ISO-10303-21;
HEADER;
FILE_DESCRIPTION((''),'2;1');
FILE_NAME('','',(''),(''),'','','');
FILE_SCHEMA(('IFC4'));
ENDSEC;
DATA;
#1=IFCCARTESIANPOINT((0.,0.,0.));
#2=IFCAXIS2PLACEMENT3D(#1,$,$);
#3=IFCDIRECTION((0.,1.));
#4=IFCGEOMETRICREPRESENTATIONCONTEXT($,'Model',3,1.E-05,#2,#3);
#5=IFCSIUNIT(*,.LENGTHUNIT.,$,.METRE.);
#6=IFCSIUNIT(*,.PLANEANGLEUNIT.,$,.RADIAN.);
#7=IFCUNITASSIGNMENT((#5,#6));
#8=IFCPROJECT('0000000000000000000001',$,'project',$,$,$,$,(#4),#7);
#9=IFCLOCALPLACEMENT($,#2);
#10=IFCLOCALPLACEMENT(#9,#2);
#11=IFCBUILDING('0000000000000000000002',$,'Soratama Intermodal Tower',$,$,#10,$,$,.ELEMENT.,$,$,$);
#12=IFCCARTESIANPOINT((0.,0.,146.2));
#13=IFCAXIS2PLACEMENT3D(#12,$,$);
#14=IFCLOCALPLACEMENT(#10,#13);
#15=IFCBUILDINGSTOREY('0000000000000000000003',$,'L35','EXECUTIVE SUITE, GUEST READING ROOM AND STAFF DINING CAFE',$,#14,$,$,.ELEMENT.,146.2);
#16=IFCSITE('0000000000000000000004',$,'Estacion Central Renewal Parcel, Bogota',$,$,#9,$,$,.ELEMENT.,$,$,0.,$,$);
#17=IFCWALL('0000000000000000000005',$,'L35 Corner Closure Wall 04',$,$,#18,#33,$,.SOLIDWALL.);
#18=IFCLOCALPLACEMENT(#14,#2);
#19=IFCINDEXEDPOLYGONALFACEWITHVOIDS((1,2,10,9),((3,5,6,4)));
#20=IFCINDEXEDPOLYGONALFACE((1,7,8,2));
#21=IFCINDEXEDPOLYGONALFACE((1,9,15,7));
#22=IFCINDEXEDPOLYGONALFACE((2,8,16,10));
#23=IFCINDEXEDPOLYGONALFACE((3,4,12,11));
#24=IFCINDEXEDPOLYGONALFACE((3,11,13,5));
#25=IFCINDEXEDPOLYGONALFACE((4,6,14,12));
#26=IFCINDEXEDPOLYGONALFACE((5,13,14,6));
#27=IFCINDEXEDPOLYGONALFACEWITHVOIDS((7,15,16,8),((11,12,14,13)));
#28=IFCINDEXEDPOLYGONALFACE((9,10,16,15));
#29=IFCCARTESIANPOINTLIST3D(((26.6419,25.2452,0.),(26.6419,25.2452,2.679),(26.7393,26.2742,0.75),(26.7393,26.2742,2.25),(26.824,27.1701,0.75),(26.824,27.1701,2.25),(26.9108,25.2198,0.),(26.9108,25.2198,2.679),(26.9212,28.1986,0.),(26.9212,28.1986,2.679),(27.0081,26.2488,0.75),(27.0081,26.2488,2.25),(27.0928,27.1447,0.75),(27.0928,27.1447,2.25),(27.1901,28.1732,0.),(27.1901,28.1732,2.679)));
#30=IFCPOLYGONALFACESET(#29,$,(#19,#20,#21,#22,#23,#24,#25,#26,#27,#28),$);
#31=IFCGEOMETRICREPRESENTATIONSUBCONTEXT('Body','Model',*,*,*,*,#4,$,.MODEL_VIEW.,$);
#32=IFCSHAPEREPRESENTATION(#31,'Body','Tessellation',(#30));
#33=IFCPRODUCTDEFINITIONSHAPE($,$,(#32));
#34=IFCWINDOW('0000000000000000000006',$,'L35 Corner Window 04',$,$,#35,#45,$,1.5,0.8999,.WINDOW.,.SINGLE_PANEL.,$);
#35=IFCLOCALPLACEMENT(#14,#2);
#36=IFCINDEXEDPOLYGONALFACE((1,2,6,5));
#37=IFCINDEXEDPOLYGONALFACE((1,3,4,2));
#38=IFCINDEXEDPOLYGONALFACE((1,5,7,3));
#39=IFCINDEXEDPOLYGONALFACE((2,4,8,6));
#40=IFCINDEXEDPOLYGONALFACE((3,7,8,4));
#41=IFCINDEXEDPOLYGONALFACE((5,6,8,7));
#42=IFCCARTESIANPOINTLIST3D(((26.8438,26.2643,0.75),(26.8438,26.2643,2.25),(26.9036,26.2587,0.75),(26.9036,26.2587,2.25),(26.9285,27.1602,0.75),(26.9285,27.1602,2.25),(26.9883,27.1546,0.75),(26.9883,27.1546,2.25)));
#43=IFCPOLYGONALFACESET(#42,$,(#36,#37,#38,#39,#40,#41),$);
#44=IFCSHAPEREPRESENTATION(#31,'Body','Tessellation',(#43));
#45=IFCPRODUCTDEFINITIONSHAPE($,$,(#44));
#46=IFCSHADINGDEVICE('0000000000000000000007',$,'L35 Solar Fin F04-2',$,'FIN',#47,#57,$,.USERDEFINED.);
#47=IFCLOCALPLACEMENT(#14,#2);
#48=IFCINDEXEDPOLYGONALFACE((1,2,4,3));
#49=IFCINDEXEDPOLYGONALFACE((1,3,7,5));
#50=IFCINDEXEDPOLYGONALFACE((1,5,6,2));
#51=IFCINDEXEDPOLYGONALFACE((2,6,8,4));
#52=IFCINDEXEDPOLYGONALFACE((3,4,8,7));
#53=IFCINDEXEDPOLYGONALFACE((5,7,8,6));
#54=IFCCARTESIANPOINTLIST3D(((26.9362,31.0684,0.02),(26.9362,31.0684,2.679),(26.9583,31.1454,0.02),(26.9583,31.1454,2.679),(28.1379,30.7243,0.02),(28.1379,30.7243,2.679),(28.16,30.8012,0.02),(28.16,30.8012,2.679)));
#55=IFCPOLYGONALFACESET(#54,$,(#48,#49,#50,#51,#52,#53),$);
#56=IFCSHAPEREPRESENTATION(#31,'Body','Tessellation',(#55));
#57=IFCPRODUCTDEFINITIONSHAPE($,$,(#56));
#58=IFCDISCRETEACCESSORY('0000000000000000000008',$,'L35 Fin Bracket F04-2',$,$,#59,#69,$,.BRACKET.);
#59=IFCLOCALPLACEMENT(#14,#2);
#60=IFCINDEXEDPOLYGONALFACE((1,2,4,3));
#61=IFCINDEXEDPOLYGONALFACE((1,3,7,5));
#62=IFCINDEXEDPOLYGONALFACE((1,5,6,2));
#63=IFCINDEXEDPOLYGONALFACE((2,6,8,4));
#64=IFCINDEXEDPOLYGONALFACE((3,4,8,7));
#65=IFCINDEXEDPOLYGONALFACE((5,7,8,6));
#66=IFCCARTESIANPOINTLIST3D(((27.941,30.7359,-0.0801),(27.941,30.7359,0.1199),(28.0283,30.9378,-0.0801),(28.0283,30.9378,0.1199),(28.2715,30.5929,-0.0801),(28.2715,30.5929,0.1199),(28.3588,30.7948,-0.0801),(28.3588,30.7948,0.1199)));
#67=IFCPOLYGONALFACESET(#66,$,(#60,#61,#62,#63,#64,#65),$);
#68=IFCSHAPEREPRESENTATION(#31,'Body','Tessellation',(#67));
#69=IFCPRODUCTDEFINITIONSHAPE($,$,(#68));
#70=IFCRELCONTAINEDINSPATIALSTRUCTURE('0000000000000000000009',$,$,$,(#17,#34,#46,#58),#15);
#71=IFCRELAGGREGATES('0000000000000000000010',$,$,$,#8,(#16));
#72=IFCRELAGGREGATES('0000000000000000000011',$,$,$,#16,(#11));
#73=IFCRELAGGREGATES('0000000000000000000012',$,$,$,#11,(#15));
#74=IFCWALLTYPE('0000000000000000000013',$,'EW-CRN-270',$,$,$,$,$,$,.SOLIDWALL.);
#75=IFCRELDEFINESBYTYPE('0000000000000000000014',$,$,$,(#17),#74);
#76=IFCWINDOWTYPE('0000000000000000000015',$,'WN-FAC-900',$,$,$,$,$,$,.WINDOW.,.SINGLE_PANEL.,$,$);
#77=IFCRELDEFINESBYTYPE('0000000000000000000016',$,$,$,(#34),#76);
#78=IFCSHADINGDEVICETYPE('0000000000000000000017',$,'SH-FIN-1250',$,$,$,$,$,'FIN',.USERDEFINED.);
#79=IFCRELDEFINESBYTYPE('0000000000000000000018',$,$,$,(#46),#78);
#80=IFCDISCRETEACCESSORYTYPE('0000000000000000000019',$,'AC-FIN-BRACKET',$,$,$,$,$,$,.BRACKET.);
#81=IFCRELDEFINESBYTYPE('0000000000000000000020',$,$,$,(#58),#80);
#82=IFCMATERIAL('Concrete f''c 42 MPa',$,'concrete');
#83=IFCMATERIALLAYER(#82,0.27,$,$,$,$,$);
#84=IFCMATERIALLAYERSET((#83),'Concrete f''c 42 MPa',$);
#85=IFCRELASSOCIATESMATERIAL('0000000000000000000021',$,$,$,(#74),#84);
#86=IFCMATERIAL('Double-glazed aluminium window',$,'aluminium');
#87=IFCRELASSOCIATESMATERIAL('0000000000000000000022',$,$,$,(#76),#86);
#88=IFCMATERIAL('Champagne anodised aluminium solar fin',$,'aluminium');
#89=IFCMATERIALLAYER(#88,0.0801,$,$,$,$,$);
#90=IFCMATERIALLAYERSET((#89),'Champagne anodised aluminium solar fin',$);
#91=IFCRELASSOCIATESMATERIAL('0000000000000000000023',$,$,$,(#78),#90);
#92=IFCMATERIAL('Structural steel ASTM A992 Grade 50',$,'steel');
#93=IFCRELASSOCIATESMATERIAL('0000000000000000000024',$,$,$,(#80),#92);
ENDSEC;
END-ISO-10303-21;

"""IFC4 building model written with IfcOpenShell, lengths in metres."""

from ifc_helpers import new_model, si_unit, direction, frame, frame_2d, origin, origin_2d, place, context, subcontext, project, spatial, rectangle, extrude, material, layer, layer_set, type_object, element, fill, save


model = new_model("IFC4")

# Units and contexts
model_context = context("Model", 3, precision=1e-05, world=origin(), true_north=direction((0.0, 1.0)))
body_context = subcontext(model_context, "Body", "Model", "MODEL_VIEW")
ifc_project = project(units=[si_unit("LENGTHUNIT", "METRE"), si_unit("PLANEANGLEUNIT", "RADIAN")], contexts=[model_context])

# Site, building, storey
site_placement = place(None, origin())
site = spatial("IfcSite", under=ifc_project, at=site_placement, Name="Estacion Central Renewal Parcel, Bogota", CompositionType="ELEMENT", RefElevation=0.0)
building_placement = place(site_placement, origin())
building = spatial("IfcBuilding", under=site, at=building_placement, Name="Soratama Intermodal Tower", CompositionType="ELEMENT")
storey_placement = place(building_placement, frame((0.0, 0.0, 146.2)))
storey = spatial("IfcBuildingStorey", under=building, at=storey_placement, Name="L35", Description="EXECUTIVE SUITE, GUEST READING ROOM AND STAFF DINING CAFE", CompositionType="ELEMENT", Elevation=146.2)

# Wall, opening, window
ifc_material_1 = material(Name="Concrete f'c 42 MPa", Category="concrete")
ifc_layer_1 = layer(ifc_material_1, 0.27)
ifc_layer_set_1 = layer_set([ifc_layer_1], Name="Concrete f'c 42 MPa")
wall_type_1 = type_object("IfcWallType", Name="EW-CRN-270", PredefinedType="SOLIDWALL", material=ifc_layer_set_1)
wall_1_placement = place(storey_placement, frame((27.0557, 28.186, 0.0), z_axis=(0.0, 0.0, 1.0), x_axis=(-0.094149, -0.995558, 0.0)))
wall_1 = element("IfcWall", 1, at=wall_1_placement, inside=storey, type_object=wall_type_1, Name="L35 Corner Closure Wall 04", PredefinedType="SOLIDWALL", context=body_context, shape_type="SweptSolid", body=[
    extrude(rectangle(XDim=2.9666, YDim=0.27, at=frame_2d((1.4834, 0.0))), origin(), (0.0, 0.0, 1.0), 2.679),
])
opening_1_placement = place(wall_1_placement, frame((1.0332, 0.0, 0.75)))
opening_1 = element("IfcOpeningElement", 2, at=opening_1_placement, cuts=wall_1, PredefinedType="OPENING", context=body_context, shape_type="SweptSolid", body=[
    extrude(rectangle(XDim=0.8999, YDim=1.5, at=frame_2d((0.45, 0.75))), frame((0.0, 0.145, 0.0), z_axis=(0.0, -1.0, 0.0), x_axis=(1.0, 0.0, 0.0)), (0.0, 0.0, 1.0), 0.29),
])
ifc_material_2 = material(Name="Double-glazed aluminium window", Category="aluminium")
window_type_1 = type_object("IfcWindowType", Name="WN-FAC-900", PartitioningType="SINGLE_PANEL", PredefinedType="WINDOW", material=ifc_material_2)
window_1_placement = place(opening_1_placement, origin())
window_1 = element("IfcWindow", 3, at=window_1_placement, inside=storey, type_object=window_type_1, Name="L35 Corner Window 04", OverallHeight=1.5, OverallWidth=0.8999, PartitioningType="SINGLE_PANEL", PredefinedType="WINDOW", context=body_context, shape_type="SweptSolid", body=[
    extrude(rectangle(XDim=0.8999, YDim=1.5, at=frame_2d((0.45, 0.75))), frame((0.0, 0.03, 0.0), z_axis=(0.0, -1.0, 0.0), x_axis=(1.0, 0.0, 0.0)), (0.0, 0.0, 1.0), 0.0601),
])
fill(opening_1, window_1)

# Shading device
ifc_material_3 = material(Name="Champagne anodised aluminium solar fin", Category="aluminium")
ifc_layer_2 = layer(ifc_material_3, 0.0801)
ifc_layer_set_2 = layer_set([ifc_layer_2], Name="Champagne anodised aluminium solar fin")
shading_device_type = type_object("IfcShadingDeviceType", Name="SH-FIN-1250", ElementType="FIN", PredefinedType="USERDEFINED", material=ifc_layer_set_2)
shading_device_placement = place(storey_placement, frame((27.5481, 30.9348, 0.02), z_axis=(0.0, 0.0, 1.0), x_axis=(-0.961358, 0.275302, 0.0)))
element("IfcShadingDevice", 4, at=shading_device_placement, inside=storey, type_object=shading_device_type, Name="L35 Solar Fin F04-2", ObjectType="FIN", PredefinedType="USERDEFINED", context=body_context, shape_type="SweptSolid", body=[
    extrude(rectangle(XDim=1.25, YDim=0.0801, at=origin_2d()), origin(), (0.0, 0.0, 1.0), 2.6589),
])

# Discrete accessory
ifc_material_4 = material(Name="Structural steel ASTM A992 Grade 50", Category="steel")
discrete_accessory_type = type_object("IfcDiscreteAccessoryType", Name="AC-FIN-BRACKET", PredefinedType="BRACKET", material=ifc_material_4)
discrete_accessory_placement = place(storey_placement, frame((28.1499, 30.7654, -0.0801), z_axis=(0.0, 0.0, 1.0), x_axis=(-0.917755, 0.397148, 0.0)))
element("IfcDiscreteAccessory", 5, at=discrete_accessory_placement, inside=storey, type_object=discrete_accessory_type, Name="L35 Fin Bracket F04-2", PredefinedType="BRACKET", context=body_context, shape_type="SweptSolid", body=[
    extrude(rectangle(XDim=0.3601, YDim=0.22, at=origin_2d()), origin(), (0.0, 0.0, 1.0), 0.2),
])

save(model, "model.ifc")
